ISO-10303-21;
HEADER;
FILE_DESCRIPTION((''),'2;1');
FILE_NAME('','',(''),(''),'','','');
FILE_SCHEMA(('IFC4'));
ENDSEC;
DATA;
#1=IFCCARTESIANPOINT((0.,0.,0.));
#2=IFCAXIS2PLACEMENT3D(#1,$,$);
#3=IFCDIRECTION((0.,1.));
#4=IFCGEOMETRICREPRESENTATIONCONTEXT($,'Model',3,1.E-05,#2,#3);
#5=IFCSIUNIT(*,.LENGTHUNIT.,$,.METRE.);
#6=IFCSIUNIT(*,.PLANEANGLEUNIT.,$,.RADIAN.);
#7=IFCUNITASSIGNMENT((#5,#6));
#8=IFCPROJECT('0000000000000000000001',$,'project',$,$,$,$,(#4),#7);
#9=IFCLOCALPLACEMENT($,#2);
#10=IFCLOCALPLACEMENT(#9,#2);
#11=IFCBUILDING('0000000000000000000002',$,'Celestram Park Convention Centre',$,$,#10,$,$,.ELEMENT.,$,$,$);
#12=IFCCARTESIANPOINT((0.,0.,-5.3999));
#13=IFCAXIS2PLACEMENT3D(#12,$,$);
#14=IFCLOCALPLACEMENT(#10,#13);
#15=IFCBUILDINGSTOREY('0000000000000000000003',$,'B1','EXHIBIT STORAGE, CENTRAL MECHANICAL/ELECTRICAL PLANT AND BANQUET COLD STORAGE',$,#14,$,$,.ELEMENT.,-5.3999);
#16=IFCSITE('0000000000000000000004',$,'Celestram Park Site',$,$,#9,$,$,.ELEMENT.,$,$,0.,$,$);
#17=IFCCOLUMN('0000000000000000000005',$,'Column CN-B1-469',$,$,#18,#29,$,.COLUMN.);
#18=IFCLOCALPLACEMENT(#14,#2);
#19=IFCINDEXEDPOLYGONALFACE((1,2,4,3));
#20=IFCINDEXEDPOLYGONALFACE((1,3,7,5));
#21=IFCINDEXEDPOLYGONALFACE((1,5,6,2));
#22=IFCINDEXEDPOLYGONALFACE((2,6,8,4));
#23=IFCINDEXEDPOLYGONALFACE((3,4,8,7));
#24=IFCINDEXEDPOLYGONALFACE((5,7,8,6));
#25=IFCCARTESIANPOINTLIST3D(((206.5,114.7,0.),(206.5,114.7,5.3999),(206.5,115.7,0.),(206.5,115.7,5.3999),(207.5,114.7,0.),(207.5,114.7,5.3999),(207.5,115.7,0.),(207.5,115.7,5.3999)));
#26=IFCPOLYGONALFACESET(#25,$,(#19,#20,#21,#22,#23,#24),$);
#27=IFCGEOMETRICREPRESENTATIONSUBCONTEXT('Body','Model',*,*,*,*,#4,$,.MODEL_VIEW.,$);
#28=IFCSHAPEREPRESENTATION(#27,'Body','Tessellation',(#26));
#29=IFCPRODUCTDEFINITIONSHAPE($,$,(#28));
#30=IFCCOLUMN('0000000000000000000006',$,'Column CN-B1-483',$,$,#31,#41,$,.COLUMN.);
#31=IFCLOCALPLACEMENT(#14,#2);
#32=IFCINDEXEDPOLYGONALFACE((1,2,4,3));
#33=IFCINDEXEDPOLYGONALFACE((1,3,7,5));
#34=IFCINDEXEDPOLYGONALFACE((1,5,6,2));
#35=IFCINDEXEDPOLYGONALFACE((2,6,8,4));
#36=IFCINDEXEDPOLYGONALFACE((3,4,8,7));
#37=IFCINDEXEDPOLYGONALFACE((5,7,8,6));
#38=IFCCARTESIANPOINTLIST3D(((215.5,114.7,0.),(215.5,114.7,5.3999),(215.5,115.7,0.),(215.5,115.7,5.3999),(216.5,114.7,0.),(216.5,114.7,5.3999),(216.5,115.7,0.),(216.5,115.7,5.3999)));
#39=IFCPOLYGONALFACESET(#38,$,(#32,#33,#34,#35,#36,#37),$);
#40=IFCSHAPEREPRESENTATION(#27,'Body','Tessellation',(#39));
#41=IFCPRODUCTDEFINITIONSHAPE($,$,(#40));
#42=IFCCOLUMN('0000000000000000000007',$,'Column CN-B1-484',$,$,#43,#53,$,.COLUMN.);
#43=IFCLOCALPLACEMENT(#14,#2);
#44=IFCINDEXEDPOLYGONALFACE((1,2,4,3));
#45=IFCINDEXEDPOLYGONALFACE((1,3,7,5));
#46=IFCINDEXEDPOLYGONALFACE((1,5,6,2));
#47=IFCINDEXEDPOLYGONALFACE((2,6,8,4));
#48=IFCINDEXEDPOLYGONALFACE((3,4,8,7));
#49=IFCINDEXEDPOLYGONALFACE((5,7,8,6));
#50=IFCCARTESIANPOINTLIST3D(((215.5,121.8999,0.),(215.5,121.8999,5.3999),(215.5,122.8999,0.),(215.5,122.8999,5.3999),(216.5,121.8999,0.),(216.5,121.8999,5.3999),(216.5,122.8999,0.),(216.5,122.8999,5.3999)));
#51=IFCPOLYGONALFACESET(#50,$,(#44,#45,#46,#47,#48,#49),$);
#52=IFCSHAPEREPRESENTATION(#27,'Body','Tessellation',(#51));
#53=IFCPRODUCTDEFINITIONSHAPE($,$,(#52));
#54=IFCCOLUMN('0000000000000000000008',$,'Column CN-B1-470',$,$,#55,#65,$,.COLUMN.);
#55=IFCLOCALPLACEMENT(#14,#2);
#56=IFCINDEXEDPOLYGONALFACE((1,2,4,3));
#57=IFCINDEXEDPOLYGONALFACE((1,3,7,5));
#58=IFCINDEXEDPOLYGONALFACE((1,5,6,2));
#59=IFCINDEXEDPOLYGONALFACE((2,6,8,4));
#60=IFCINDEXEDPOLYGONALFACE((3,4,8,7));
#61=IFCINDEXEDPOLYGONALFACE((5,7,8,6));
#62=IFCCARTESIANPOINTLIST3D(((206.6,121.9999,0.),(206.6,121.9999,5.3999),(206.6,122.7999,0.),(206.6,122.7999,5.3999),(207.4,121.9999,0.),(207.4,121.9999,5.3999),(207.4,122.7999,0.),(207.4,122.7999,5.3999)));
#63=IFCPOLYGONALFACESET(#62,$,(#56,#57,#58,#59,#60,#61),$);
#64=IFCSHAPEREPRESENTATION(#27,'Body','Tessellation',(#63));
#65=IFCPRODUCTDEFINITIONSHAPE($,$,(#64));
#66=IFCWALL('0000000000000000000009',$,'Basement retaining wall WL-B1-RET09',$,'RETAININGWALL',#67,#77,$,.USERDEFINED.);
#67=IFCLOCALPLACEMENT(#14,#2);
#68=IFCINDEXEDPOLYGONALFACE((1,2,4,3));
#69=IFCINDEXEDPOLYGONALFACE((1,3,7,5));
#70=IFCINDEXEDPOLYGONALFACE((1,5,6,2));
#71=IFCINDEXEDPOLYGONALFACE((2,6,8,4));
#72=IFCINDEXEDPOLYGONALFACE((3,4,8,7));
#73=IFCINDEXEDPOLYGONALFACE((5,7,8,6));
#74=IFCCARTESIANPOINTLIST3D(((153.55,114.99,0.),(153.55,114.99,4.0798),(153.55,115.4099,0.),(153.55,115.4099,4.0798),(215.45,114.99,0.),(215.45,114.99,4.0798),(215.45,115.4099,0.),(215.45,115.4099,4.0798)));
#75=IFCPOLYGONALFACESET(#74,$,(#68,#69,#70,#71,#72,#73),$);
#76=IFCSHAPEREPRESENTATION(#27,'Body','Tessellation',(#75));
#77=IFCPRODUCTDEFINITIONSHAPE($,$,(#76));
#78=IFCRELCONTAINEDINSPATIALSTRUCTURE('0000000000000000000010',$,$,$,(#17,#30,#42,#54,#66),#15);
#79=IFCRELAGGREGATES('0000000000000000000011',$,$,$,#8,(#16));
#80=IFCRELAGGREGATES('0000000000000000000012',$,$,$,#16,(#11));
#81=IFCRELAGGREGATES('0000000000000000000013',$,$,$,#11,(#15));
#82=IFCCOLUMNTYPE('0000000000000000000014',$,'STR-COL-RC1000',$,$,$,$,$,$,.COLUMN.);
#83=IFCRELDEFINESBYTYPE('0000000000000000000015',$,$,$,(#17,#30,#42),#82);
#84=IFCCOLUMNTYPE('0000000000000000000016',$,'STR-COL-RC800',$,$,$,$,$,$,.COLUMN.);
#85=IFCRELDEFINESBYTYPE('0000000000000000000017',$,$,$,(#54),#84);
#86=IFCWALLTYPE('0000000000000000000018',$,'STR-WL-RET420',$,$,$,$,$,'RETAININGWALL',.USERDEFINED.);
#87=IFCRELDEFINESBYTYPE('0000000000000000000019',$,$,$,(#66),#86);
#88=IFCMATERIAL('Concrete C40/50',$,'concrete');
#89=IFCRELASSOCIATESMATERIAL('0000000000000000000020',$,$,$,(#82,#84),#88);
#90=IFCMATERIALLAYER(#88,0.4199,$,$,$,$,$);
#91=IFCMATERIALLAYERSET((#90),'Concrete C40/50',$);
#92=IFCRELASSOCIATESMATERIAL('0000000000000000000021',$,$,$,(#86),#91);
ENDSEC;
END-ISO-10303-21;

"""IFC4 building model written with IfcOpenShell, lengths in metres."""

from ifc_helpers import new_model, si_unit, direction, frame, frame_2d, origin, origin_2d, place, context, subcontext, project, spatial, rectangle, extrude, material, layer, layer_set, material_profile, profile_set, type_object, element, save


model = new_model("IFC4")

# Units and contexts
model_context = context("Model", 3, precision=1e-05, world=origin(), true_north=direction((0.0, 1.0)))
body_context = subcontext(model_context, "Body", "Model", "MODEL_VIEW")
ifc_project = project(units=[si_unit("LENGTHUNIT", "METRE"), si_unit("PLANEANGLEUNIT", "RADIAN")], contexts=[model_context])

# Site, building, storey
site_placement = place(None, origin())
site = spatial("IfcSite", under=ifc_project, at=site_placement, Name="Celestram Park Site", CompositionType="ELEMENT", RefElevation=0.0)
building_placement = place(site_placement, origin())
building = spatial("IfcBuilding", under=site, at=building_placement, Name="Celestram Park Convention Centre", CompositionType="ELEMENT")
storey_placement = place(building_placement, frame((0.0, 0.0, -5.3999)))
storey = spatial("IfcBuildingStorey", under=building, at=storey_placement, Name="B1", Description="EXHIBIT STORAGE, CENTRAL MECHANICAL/ELECTRICAL PLANT AND BANQUET COLD STORAGE", CompositionType="ELEMENT", Elevation=-5.3999)

# Shared definitions
ifc_material_1 = material(Name="Concrete C40/50", Category="concrete")

# Columns
ifc_material_profile_1 = material_profile(ifc_material_1, rectangle(XDim=1.0, YDim=1.0, at=origin_2d()), Name="RC1000X1000")
ifc_profile_set_1 = profile_set([ifc_material_profile_1], Name="Concrete C40/50")
column_type_1 = type_object("IfcColumnType", Name="STR-COL-RC1000", PredefinedType="COLUMN", material=ifc_profile_set_1)
for number, where, z_axis, x_axis, name in (
    (1, (207.0, 115.2, 0.0), (0.0, 0.0, 1.0), (1.0, 0.0, 0.0), "Column CN-B1-469"),
    (2, (216.0, 115.2, 0.0), (0.0, 0.0, 1.0), (1.0, 0.0, 0.0), "Column CN-B1-483"),
    (3, (216.0, 122.3999, 0.0), (0.0, 0.0, 1.0), (1.0, 0.0, 0.0), "Column CN-B1-484"),
):
    element("IfcColumn", number, at=place(storey_placement, frame(where, z_axis=z_axis, x_axis=x_axis)), inside=storey, type_object=column_type_1, Name=name, PredefinedType="COLUMN", context=body_context, shape_type="SweptSolid", body=[
        extrude(rectangle(XDim=1.0, YDim=1.0, at=origin_2d()), origin(), (0.0, 0.0, 1.0), 5.3999),
    ])
ifc_material_profile_2 = material_profile(ifc_material_1, rectangle(XDim=0.8, YDim=0.8, at=origin_2d()), Name="RC800X800")
ifc_profile_set_2 = profile_set([ifc_material_profile_2], Name="Concrete C40/50")
column_type_2 = type_object("IfcColumnType", Name="STR-COL-RC800", PredefinedType="COLUMN", material=ifc_profile_set_2)
column_placement = place(storey_placement, frame((207.0, 122.3999, 0.0), z_axis=(0.0, 0.0, 1.0), x_axis=(1.0, 0.0, 0.0)))
element("IfcColumn", 4, at=column_placement, inside=storey, type_object=column_type_2, Name="Column CN-B1-470", PredefinedType="COLUMN", context=body_context, shape_type="SweptSolid", body=[
    extrude(rectangle(XDim=0.8, YDim=0.8, at=origin_2d()), origin(), (0.0, 0.0, 1.0), 5.3999),
])

# Wall
ifc_layer = layer(ifc_material_1, 0.4199)
ifc_layer_set = layer_set([ifc_layer], Name="Concrete C40/50")
wall_type = type_object("IfcWallType", Name="STR-WL-RET420", ElementType="RETAININGWALL", PredefinedType="USERDEFINED", material=ifc_layer_set)
wall_placement = place(storey_placement, frame((215.45, 115.2, 0.0), z_axis=(0.0, 0.0, 1.0), x_axis=(-1.0, 0.0, 0.0)))
element("IfcWall", 5, at=wall_placement, inside=storey, type_object=wall_type, Name="Basement retaining wall WL-B1-RET09", ObjectType="RETAININGWALL", PredefinedType="USERDEFINED", context=body_context, shape_type="SweptSolid", body=[
    extrude(rectangle(XDim=61.8999, YDim=0.4199, at=frame_2d((30.95, 0.0))), origin(), (0.0, 0.0, 1.0), 4.0798),
])

save(model, "model.ifc")
